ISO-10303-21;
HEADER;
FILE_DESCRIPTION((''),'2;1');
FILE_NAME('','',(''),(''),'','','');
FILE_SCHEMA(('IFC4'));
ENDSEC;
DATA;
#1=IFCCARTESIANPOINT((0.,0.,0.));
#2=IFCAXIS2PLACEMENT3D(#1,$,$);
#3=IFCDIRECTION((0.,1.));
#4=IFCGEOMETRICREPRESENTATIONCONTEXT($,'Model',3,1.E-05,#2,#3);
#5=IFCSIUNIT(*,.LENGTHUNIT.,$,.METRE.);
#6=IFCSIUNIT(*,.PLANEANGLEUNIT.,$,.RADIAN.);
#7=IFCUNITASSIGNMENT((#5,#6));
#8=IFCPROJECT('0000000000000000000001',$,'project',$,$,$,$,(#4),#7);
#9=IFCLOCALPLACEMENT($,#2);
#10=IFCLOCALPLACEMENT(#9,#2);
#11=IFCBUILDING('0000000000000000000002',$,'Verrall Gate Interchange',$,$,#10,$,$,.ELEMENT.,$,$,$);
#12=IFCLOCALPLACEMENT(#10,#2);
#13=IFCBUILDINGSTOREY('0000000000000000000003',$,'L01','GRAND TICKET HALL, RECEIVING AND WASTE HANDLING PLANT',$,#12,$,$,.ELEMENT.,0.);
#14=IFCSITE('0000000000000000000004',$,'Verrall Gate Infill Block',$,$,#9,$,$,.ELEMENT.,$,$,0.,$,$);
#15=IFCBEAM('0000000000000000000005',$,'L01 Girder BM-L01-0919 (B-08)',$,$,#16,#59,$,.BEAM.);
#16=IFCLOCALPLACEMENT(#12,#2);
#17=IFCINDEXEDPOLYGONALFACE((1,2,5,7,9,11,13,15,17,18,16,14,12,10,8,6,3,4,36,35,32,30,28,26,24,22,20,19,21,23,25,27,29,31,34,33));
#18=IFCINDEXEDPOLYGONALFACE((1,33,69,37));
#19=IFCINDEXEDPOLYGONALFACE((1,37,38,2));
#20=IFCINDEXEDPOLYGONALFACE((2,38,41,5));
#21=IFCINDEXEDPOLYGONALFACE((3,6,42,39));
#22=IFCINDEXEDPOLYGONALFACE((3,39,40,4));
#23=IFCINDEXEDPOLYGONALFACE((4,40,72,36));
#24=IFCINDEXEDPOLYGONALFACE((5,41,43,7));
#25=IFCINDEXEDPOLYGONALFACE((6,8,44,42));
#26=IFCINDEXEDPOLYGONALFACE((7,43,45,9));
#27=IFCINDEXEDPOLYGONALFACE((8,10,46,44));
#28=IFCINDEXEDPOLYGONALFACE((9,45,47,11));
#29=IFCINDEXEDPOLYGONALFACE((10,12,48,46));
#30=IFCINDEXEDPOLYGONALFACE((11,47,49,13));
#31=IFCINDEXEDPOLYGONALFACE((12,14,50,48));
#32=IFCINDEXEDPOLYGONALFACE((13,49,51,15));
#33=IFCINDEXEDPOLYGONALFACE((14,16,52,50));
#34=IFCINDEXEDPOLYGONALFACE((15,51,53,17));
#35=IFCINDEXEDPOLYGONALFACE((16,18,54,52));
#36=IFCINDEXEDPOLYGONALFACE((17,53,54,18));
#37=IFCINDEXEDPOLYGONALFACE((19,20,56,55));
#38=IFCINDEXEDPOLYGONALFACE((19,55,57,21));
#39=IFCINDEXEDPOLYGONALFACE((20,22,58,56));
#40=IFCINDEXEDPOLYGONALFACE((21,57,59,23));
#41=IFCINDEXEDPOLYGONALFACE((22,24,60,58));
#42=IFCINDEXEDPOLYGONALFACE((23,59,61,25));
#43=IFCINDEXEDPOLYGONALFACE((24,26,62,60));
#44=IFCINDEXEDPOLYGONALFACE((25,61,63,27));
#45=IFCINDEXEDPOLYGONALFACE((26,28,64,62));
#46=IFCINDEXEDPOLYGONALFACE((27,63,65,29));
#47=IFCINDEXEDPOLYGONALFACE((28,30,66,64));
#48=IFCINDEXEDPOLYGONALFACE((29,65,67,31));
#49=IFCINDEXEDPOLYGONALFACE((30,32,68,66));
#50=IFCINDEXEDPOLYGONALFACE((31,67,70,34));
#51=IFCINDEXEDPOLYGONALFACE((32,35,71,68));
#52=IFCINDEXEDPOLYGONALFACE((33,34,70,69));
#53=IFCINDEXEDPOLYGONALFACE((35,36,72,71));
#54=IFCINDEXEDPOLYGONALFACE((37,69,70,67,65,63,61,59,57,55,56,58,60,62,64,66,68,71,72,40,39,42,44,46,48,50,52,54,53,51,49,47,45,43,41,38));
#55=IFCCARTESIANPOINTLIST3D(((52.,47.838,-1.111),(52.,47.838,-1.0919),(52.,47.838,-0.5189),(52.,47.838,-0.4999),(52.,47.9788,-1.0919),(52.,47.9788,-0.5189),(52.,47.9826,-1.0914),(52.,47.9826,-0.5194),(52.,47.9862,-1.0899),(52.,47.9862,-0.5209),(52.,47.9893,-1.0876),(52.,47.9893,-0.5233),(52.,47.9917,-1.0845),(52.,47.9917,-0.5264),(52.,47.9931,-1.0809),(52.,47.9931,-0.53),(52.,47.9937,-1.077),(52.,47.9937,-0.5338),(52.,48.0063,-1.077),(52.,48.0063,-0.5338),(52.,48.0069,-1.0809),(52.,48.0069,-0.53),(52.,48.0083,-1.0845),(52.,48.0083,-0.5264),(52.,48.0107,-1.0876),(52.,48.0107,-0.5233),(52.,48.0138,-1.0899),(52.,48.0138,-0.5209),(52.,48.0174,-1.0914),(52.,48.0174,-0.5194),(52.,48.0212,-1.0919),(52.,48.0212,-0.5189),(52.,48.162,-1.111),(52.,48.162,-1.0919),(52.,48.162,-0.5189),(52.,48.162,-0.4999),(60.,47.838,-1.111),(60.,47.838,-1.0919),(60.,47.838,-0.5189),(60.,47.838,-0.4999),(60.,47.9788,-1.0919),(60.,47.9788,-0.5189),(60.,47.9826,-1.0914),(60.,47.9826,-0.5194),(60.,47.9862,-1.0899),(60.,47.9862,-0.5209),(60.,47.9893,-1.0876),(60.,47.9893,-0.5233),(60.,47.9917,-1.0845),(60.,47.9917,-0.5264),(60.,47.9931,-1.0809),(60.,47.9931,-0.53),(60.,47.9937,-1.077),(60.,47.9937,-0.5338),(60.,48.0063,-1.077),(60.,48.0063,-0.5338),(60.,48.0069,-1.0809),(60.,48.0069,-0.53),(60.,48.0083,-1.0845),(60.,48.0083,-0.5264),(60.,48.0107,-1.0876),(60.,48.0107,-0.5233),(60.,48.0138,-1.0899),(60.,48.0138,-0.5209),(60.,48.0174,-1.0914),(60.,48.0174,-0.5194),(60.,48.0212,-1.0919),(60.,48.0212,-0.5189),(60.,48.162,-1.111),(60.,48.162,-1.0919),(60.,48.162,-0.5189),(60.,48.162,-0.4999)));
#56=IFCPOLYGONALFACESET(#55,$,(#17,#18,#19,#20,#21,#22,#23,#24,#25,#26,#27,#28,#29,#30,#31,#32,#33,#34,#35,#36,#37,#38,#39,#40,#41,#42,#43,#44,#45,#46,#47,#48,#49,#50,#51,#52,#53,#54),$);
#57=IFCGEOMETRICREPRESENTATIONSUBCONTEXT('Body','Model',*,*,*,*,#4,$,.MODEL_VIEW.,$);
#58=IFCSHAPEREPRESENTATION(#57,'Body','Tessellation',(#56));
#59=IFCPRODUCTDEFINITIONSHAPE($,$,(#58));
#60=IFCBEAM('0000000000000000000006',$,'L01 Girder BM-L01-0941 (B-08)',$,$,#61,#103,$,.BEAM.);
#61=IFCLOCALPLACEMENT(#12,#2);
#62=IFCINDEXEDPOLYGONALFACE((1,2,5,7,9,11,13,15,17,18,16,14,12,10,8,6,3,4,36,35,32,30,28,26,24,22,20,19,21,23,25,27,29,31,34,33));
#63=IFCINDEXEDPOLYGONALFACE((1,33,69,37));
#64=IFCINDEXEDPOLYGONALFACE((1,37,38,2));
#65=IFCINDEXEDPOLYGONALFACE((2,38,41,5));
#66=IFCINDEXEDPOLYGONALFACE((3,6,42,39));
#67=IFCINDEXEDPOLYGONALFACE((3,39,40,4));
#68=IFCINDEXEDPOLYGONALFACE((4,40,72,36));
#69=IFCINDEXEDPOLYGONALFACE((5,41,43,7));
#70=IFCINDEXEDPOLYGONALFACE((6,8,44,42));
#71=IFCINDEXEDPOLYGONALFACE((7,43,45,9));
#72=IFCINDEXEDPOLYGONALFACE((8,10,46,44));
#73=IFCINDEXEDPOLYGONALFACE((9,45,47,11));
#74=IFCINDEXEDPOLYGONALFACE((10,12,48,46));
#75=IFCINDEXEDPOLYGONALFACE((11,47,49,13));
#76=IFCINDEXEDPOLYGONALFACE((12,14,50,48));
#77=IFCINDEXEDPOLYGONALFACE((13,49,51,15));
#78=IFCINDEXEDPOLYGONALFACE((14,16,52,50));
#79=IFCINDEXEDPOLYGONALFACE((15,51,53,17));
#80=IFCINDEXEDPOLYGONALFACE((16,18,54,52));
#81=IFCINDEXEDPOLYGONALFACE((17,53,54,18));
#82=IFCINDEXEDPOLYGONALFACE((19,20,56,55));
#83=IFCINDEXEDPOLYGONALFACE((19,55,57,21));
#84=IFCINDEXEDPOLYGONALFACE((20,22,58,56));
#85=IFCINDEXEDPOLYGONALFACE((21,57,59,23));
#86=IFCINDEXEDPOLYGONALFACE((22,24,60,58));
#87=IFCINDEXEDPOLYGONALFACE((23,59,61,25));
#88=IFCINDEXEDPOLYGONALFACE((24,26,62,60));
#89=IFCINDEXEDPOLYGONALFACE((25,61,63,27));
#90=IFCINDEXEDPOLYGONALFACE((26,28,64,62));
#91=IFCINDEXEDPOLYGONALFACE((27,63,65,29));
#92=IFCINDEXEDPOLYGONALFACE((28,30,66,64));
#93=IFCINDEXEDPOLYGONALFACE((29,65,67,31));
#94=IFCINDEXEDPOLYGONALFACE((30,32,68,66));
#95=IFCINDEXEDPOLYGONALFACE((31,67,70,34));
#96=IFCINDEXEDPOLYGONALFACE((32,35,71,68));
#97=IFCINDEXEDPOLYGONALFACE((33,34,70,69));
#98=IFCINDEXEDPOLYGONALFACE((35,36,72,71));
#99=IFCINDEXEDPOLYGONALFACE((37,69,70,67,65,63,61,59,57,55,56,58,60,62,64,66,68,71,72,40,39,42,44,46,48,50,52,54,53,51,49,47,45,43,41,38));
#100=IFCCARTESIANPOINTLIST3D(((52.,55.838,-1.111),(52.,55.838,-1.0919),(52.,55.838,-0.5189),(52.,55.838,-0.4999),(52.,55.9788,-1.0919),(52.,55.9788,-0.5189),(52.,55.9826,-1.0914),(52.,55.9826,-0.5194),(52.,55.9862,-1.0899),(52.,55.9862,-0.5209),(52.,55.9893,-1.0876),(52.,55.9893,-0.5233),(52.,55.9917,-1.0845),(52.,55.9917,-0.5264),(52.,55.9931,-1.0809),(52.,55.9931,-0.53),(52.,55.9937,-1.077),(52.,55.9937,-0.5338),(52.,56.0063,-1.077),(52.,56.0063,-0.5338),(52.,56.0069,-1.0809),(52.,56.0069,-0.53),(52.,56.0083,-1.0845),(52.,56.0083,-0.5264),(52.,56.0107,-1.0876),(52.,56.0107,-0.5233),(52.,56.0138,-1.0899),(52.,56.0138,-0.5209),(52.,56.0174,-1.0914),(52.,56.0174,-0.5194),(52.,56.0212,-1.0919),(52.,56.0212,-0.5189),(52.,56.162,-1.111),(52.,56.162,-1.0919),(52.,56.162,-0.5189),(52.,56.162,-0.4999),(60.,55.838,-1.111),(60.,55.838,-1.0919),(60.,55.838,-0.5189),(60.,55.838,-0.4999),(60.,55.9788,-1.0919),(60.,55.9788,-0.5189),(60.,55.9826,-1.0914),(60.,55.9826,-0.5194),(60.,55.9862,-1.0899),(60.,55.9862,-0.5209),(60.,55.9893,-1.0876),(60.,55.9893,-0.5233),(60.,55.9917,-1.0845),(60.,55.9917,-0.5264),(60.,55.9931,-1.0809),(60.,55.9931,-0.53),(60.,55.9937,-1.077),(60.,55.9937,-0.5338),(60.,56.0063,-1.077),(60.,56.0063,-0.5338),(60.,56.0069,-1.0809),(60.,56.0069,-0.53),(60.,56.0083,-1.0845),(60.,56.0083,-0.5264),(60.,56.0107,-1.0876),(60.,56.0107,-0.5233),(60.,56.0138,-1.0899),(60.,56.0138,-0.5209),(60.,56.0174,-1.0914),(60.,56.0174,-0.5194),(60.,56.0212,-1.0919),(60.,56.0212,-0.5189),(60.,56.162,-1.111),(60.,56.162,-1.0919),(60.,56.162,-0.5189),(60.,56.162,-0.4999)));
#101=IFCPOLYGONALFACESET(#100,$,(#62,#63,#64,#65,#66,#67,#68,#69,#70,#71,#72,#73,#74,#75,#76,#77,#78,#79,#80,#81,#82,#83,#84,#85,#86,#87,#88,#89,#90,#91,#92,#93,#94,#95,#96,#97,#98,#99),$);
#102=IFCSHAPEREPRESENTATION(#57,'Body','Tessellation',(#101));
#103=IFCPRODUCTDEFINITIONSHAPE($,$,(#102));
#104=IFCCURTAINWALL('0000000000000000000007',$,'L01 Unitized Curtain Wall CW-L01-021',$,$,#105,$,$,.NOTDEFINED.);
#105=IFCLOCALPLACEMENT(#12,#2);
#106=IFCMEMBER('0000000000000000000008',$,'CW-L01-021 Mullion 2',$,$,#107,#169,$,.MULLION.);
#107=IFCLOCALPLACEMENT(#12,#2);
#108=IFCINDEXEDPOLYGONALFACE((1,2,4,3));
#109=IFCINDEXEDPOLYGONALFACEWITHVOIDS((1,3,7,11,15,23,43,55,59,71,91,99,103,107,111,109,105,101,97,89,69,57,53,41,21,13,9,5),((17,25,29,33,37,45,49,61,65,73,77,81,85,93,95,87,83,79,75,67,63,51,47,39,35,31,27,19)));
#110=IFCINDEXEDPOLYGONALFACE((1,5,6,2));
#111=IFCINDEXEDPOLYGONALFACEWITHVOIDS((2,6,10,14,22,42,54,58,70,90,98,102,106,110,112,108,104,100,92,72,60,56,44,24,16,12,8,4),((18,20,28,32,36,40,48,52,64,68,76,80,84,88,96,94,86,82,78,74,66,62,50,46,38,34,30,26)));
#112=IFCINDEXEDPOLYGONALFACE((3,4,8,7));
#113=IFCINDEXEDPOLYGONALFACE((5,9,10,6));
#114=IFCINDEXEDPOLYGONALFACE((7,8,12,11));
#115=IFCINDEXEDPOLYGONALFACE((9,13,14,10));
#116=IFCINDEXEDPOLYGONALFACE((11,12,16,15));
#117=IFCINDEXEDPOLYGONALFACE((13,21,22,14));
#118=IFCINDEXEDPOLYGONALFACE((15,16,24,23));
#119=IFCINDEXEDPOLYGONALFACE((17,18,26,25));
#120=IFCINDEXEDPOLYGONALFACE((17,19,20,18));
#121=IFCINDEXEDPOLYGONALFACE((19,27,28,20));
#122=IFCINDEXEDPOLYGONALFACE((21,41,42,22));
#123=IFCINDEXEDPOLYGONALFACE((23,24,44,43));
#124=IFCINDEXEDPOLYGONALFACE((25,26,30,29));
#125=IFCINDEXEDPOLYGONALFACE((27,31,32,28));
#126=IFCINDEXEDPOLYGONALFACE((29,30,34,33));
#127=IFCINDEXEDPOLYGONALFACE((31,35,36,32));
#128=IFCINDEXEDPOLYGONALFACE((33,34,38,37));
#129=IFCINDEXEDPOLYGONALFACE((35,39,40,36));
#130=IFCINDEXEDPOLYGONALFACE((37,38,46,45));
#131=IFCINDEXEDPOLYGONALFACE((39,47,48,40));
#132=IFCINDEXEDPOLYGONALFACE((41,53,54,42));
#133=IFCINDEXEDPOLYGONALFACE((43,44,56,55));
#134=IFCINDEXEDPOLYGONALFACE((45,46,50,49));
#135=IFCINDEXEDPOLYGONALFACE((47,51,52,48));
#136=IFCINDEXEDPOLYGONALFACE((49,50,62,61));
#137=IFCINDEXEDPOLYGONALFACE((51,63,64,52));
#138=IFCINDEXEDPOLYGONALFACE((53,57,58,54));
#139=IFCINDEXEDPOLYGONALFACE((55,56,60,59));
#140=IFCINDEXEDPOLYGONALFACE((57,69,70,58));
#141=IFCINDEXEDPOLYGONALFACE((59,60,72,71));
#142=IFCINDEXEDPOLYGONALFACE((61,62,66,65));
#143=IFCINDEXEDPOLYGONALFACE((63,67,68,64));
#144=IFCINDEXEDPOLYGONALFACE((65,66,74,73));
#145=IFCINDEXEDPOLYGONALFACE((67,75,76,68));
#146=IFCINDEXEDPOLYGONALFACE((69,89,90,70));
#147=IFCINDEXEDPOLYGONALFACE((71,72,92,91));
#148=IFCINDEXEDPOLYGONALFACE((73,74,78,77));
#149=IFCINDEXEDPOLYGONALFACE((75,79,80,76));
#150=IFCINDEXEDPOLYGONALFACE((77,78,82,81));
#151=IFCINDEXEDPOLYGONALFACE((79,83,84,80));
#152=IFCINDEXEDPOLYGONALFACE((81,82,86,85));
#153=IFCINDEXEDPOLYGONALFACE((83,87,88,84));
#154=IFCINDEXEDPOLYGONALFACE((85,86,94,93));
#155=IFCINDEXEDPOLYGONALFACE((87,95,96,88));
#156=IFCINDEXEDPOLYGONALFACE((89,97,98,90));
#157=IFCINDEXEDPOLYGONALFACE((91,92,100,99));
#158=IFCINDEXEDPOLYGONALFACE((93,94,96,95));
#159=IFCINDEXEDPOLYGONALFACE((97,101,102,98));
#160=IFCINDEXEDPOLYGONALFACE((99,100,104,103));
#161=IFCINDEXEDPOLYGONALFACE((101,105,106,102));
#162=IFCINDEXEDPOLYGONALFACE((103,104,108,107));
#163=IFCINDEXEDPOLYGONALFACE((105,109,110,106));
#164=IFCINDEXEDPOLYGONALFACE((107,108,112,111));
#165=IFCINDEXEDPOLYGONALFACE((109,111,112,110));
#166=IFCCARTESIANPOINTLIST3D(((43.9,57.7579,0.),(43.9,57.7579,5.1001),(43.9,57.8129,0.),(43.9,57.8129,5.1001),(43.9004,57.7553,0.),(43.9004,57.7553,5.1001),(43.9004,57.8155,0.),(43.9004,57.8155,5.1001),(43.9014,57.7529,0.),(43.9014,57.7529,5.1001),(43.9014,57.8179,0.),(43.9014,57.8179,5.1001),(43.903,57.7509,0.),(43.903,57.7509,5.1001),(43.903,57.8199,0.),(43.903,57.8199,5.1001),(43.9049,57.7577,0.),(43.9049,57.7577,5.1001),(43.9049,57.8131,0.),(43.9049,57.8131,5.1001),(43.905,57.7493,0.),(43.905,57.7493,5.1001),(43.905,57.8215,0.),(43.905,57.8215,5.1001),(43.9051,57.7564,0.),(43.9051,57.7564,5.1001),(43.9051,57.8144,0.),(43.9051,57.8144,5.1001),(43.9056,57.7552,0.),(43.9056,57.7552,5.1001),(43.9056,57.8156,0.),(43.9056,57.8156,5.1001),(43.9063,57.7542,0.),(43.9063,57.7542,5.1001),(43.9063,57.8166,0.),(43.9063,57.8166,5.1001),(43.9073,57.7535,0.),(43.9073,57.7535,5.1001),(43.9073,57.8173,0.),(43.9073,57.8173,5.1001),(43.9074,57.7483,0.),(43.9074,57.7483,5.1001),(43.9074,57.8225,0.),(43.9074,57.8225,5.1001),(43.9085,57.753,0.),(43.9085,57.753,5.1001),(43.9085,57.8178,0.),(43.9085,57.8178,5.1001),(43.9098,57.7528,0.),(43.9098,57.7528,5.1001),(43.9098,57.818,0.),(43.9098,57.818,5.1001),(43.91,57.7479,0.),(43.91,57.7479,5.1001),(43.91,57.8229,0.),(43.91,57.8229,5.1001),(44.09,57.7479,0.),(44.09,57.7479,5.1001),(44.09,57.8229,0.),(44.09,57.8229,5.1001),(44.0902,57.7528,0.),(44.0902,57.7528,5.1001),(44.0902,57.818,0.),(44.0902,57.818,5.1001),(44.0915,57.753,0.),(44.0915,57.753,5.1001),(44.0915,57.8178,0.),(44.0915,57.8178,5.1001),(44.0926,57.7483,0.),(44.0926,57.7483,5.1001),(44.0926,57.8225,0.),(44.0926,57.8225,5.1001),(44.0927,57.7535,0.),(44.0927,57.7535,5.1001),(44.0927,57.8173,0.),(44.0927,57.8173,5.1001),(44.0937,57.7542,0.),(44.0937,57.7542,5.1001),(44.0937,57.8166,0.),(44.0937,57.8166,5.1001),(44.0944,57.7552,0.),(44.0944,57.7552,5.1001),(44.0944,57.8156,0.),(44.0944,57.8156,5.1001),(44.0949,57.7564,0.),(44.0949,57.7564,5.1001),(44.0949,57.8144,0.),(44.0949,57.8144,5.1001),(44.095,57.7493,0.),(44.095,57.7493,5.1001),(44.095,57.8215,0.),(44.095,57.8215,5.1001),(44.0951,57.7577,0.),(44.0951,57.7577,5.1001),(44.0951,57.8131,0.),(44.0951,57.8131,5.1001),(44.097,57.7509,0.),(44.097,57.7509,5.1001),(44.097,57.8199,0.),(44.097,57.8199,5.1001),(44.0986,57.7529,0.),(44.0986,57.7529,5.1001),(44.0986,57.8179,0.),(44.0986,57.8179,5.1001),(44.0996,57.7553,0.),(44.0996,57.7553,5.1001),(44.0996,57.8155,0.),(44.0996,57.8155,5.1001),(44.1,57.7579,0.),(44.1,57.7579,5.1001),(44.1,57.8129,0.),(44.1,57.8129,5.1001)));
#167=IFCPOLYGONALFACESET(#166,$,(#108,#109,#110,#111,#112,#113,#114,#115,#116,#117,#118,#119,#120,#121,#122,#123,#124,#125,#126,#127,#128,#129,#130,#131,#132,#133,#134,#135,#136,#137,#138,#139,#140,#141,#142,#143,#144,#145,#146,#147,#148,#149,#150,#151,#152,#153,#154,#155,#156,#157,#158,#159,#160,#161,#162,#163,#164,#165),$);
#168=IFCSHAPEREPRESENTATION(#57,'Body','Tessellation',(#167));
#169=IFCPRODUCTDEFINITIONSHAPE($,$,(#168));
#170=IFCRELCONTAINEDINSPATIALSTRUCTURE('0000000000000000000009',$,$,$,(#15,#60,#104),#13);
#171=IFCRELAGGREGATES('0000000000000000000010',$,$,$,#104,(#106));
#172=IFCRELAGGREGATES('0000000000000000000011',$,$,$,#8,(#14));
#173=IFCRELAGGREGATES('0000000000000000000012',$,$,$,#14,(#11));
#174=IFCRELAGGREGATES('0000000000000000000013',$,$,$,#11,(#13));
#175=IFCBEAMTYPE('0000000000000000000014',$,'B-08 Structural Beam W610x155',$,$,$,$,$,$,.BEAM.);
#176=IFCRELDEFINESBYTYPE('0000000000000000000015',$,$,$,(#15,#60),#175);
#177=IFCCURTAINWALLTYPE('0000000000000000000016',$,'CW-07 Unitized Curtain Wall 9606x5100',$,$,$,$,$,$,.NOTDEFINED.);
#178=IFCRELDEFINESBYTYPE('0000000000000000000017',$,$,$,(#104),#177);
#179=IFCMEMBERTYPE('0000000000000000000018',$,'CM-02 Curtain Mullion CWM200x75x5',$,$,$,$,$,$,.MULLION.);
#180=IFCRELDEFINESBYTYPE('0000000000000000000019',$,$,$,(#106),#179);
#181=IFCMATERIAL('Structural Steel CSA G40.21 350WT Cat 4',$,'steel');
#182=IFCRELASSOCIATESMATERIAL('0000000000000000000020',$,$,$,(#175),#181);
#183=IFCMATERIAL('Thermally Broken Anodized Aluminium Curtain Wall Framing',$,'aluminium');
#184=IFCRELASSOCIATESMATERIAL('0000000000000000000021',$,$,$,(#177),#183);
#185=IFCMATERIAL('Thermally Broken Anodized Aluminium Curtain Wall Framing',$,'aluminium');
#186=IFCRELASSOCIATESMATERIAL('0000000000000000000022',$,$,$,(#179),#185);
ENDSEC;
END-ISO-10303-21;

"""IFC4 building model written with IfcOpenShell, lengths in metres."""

from ifc_helpers import new_model, si_unit, direction, frame, origin, origin_2d, place, context, subcontext, project, spatial, hollow_rectangle, i_section, extrude, material, material_profile, profile_set, type_object, element, aggregate, save


model = new_model("IFC4")

# Units and contexts
model_context = context("Model", 3, precision=1e-05, world=origin(), true_north=direction((0.0, 1.0)))
body_context = subcontext(model_context, "Body", "Model", "MODEL_VIEW")
ifc_project = project(units=[si_unit("LENGTHUNIT", "METRE"), si_unit("PLANEANGLEUNIT", "RADIAN")], contexts=[model_context])

# Site, building, storey
site_placement = place(None, origin())
site = spatial("IfcSite", under=ifc_project, at=site_placement, Name="Verrall Gate Infill Block", CompositionType="ELEMENT", RefElevation=0.0)
building_placement = place(site_placement, origin())
building = spatial("IfcBuilding", under=site, at=building_placement, Name="Verrall Gate Interchange", CompositionType="ELEMENT")
storey_placement = place(building_placement, origin())
storey = spatial("IfcBuildingStorey", under=building, at=storey_placement, Name="L01", Description="GRAND TICKET HALL, RECEIVING AND WASTE HANDLING PLANT", CompositionType="ELEMENT", Elevation=0.0)

# Beams
ifc_material_1 = material(Name="Structural Steel CSA G40.21 350WT Cat 4", Category="steel")
ifc_material_profile_1 = material_profile(ifc_material_1, i_section(OverallWidth=0.324, OverallDepth=0.6111, WebThickness=0.0127, FlangeThickness=0.019, FilletRadius=0.0149, at=origin_2d()), Name="W610x155")
ifc_profile_set_1 = profile_set([ifc_material_profile_1], Name="Structural Steel CSA G40.21 350WT Cat 4")
beam_type_1 = type_object("IfcBeamType", Name="B-08 Structural Beam W610x155", PredefinedType="BEAM", material=ifc_profile_set_1)
for number, where, z_axis, x_axis, name in (
    (1, (52.0, 48.0, -0.8054), (1.0, 0.0, 0.0), (0.0, 1.0, 0.0), "L01 Girder BM-L01-0919 (B-08)"),
    (2, (52.0, 56.0, -0.8054), (1.0, 0.0, 0.0), (0.0, 1.0, 0.0), "L01 Girder BM-L01-0941 (B-08)"),
):
    element("IfcBeam", number, at=place(storey_placement, frame(where, z_axis=z_axis, x_axis=x_axis)), inside=storey, type_object=beam_type_1, Name=name, PredefinedType="BEAM", context=body_context, shape_type="SweptSolid", body=[
        extrude(i_section(OverallWidth=0.324, OverallDepth=0.6111, WebThickness=0.0127, FlangeThickness=0.019, FilletRadius=0.0149, at=origin_2d()), origin(), (0.0, 0.0, 1.0), 8.0),
    ])

# Curtain wall, member
ifc_material_2 = material(Name="Thermally Broken Anodized Aluminium Curtain Wall Framing", Category="aluminium")
curtain_wall_type = type_object("IfcCurtainWallType", Name="CW-07 Unitized Curtain Wall 9606x5100", PredefinedType="NOTDEFINED", material=ifc_material_2)
curtain_wall_placement = place(storey_placement, origin())
curtain_wall = element("IfcCurtainWall", 3, at=curtain_wall_placement, inside=storey, type_object=curtain_wall_type, Name="L01 Unitized Curtain Wall CW-L01-021", PredefinedType="NOTDEFINED")
ifc_material_3 = material(Name="Thermally Broken Anodized Aluminium Curtain Wall Framing", Category="aluminium")
ifc_material_profile_2 = material_profile(ifc_material_3, hollow_rectangle(XDim=0.075, YDim=0.2, WallThickness=0.0049, InnerFilletRadius=0.0049, OuterFilletRadius=0.01, at=origin_2d()), Name="CWM200x75x5")
ifc_profile_set_2 = profile_set([ifc_material_profile_2], Name="Thermally Broken Anodized Aluminium Curtain Wall Framing")
member_type = type_object("IfcMemberType", Name="CM-02 Curtain Mullion CWM200x75x5", PredefinedType="MULLION", material=ifc_profile_set_2)
member_1_placement = place(storey_placement, frame((44.0, 57.7854, 0.0), z_axis=(0.0, 0.0, 1.0), x_axis=(0.0, 1.0, 0.0)))
member_1 = element("IfcMember", 4, at=member_1_placement, type_object=member_type, Name="CW-L01-021 Mullion 2", PredefinedType="MULLION", context=body_context, shape_type="SweptSolid", body=[
    extrude(hollow_rectangle(XDim=0.075, YDim=0.2, WallThickness=0.0049, InnerFilletRadius=0.0049, OuterFilletRadius=0.01, at=origin_2d()), origin(), (0.0, 0.0, 1.0), 5.1001),
])

aggregate(curtain_wall, [member_1])

save(model, "model.ifc")
